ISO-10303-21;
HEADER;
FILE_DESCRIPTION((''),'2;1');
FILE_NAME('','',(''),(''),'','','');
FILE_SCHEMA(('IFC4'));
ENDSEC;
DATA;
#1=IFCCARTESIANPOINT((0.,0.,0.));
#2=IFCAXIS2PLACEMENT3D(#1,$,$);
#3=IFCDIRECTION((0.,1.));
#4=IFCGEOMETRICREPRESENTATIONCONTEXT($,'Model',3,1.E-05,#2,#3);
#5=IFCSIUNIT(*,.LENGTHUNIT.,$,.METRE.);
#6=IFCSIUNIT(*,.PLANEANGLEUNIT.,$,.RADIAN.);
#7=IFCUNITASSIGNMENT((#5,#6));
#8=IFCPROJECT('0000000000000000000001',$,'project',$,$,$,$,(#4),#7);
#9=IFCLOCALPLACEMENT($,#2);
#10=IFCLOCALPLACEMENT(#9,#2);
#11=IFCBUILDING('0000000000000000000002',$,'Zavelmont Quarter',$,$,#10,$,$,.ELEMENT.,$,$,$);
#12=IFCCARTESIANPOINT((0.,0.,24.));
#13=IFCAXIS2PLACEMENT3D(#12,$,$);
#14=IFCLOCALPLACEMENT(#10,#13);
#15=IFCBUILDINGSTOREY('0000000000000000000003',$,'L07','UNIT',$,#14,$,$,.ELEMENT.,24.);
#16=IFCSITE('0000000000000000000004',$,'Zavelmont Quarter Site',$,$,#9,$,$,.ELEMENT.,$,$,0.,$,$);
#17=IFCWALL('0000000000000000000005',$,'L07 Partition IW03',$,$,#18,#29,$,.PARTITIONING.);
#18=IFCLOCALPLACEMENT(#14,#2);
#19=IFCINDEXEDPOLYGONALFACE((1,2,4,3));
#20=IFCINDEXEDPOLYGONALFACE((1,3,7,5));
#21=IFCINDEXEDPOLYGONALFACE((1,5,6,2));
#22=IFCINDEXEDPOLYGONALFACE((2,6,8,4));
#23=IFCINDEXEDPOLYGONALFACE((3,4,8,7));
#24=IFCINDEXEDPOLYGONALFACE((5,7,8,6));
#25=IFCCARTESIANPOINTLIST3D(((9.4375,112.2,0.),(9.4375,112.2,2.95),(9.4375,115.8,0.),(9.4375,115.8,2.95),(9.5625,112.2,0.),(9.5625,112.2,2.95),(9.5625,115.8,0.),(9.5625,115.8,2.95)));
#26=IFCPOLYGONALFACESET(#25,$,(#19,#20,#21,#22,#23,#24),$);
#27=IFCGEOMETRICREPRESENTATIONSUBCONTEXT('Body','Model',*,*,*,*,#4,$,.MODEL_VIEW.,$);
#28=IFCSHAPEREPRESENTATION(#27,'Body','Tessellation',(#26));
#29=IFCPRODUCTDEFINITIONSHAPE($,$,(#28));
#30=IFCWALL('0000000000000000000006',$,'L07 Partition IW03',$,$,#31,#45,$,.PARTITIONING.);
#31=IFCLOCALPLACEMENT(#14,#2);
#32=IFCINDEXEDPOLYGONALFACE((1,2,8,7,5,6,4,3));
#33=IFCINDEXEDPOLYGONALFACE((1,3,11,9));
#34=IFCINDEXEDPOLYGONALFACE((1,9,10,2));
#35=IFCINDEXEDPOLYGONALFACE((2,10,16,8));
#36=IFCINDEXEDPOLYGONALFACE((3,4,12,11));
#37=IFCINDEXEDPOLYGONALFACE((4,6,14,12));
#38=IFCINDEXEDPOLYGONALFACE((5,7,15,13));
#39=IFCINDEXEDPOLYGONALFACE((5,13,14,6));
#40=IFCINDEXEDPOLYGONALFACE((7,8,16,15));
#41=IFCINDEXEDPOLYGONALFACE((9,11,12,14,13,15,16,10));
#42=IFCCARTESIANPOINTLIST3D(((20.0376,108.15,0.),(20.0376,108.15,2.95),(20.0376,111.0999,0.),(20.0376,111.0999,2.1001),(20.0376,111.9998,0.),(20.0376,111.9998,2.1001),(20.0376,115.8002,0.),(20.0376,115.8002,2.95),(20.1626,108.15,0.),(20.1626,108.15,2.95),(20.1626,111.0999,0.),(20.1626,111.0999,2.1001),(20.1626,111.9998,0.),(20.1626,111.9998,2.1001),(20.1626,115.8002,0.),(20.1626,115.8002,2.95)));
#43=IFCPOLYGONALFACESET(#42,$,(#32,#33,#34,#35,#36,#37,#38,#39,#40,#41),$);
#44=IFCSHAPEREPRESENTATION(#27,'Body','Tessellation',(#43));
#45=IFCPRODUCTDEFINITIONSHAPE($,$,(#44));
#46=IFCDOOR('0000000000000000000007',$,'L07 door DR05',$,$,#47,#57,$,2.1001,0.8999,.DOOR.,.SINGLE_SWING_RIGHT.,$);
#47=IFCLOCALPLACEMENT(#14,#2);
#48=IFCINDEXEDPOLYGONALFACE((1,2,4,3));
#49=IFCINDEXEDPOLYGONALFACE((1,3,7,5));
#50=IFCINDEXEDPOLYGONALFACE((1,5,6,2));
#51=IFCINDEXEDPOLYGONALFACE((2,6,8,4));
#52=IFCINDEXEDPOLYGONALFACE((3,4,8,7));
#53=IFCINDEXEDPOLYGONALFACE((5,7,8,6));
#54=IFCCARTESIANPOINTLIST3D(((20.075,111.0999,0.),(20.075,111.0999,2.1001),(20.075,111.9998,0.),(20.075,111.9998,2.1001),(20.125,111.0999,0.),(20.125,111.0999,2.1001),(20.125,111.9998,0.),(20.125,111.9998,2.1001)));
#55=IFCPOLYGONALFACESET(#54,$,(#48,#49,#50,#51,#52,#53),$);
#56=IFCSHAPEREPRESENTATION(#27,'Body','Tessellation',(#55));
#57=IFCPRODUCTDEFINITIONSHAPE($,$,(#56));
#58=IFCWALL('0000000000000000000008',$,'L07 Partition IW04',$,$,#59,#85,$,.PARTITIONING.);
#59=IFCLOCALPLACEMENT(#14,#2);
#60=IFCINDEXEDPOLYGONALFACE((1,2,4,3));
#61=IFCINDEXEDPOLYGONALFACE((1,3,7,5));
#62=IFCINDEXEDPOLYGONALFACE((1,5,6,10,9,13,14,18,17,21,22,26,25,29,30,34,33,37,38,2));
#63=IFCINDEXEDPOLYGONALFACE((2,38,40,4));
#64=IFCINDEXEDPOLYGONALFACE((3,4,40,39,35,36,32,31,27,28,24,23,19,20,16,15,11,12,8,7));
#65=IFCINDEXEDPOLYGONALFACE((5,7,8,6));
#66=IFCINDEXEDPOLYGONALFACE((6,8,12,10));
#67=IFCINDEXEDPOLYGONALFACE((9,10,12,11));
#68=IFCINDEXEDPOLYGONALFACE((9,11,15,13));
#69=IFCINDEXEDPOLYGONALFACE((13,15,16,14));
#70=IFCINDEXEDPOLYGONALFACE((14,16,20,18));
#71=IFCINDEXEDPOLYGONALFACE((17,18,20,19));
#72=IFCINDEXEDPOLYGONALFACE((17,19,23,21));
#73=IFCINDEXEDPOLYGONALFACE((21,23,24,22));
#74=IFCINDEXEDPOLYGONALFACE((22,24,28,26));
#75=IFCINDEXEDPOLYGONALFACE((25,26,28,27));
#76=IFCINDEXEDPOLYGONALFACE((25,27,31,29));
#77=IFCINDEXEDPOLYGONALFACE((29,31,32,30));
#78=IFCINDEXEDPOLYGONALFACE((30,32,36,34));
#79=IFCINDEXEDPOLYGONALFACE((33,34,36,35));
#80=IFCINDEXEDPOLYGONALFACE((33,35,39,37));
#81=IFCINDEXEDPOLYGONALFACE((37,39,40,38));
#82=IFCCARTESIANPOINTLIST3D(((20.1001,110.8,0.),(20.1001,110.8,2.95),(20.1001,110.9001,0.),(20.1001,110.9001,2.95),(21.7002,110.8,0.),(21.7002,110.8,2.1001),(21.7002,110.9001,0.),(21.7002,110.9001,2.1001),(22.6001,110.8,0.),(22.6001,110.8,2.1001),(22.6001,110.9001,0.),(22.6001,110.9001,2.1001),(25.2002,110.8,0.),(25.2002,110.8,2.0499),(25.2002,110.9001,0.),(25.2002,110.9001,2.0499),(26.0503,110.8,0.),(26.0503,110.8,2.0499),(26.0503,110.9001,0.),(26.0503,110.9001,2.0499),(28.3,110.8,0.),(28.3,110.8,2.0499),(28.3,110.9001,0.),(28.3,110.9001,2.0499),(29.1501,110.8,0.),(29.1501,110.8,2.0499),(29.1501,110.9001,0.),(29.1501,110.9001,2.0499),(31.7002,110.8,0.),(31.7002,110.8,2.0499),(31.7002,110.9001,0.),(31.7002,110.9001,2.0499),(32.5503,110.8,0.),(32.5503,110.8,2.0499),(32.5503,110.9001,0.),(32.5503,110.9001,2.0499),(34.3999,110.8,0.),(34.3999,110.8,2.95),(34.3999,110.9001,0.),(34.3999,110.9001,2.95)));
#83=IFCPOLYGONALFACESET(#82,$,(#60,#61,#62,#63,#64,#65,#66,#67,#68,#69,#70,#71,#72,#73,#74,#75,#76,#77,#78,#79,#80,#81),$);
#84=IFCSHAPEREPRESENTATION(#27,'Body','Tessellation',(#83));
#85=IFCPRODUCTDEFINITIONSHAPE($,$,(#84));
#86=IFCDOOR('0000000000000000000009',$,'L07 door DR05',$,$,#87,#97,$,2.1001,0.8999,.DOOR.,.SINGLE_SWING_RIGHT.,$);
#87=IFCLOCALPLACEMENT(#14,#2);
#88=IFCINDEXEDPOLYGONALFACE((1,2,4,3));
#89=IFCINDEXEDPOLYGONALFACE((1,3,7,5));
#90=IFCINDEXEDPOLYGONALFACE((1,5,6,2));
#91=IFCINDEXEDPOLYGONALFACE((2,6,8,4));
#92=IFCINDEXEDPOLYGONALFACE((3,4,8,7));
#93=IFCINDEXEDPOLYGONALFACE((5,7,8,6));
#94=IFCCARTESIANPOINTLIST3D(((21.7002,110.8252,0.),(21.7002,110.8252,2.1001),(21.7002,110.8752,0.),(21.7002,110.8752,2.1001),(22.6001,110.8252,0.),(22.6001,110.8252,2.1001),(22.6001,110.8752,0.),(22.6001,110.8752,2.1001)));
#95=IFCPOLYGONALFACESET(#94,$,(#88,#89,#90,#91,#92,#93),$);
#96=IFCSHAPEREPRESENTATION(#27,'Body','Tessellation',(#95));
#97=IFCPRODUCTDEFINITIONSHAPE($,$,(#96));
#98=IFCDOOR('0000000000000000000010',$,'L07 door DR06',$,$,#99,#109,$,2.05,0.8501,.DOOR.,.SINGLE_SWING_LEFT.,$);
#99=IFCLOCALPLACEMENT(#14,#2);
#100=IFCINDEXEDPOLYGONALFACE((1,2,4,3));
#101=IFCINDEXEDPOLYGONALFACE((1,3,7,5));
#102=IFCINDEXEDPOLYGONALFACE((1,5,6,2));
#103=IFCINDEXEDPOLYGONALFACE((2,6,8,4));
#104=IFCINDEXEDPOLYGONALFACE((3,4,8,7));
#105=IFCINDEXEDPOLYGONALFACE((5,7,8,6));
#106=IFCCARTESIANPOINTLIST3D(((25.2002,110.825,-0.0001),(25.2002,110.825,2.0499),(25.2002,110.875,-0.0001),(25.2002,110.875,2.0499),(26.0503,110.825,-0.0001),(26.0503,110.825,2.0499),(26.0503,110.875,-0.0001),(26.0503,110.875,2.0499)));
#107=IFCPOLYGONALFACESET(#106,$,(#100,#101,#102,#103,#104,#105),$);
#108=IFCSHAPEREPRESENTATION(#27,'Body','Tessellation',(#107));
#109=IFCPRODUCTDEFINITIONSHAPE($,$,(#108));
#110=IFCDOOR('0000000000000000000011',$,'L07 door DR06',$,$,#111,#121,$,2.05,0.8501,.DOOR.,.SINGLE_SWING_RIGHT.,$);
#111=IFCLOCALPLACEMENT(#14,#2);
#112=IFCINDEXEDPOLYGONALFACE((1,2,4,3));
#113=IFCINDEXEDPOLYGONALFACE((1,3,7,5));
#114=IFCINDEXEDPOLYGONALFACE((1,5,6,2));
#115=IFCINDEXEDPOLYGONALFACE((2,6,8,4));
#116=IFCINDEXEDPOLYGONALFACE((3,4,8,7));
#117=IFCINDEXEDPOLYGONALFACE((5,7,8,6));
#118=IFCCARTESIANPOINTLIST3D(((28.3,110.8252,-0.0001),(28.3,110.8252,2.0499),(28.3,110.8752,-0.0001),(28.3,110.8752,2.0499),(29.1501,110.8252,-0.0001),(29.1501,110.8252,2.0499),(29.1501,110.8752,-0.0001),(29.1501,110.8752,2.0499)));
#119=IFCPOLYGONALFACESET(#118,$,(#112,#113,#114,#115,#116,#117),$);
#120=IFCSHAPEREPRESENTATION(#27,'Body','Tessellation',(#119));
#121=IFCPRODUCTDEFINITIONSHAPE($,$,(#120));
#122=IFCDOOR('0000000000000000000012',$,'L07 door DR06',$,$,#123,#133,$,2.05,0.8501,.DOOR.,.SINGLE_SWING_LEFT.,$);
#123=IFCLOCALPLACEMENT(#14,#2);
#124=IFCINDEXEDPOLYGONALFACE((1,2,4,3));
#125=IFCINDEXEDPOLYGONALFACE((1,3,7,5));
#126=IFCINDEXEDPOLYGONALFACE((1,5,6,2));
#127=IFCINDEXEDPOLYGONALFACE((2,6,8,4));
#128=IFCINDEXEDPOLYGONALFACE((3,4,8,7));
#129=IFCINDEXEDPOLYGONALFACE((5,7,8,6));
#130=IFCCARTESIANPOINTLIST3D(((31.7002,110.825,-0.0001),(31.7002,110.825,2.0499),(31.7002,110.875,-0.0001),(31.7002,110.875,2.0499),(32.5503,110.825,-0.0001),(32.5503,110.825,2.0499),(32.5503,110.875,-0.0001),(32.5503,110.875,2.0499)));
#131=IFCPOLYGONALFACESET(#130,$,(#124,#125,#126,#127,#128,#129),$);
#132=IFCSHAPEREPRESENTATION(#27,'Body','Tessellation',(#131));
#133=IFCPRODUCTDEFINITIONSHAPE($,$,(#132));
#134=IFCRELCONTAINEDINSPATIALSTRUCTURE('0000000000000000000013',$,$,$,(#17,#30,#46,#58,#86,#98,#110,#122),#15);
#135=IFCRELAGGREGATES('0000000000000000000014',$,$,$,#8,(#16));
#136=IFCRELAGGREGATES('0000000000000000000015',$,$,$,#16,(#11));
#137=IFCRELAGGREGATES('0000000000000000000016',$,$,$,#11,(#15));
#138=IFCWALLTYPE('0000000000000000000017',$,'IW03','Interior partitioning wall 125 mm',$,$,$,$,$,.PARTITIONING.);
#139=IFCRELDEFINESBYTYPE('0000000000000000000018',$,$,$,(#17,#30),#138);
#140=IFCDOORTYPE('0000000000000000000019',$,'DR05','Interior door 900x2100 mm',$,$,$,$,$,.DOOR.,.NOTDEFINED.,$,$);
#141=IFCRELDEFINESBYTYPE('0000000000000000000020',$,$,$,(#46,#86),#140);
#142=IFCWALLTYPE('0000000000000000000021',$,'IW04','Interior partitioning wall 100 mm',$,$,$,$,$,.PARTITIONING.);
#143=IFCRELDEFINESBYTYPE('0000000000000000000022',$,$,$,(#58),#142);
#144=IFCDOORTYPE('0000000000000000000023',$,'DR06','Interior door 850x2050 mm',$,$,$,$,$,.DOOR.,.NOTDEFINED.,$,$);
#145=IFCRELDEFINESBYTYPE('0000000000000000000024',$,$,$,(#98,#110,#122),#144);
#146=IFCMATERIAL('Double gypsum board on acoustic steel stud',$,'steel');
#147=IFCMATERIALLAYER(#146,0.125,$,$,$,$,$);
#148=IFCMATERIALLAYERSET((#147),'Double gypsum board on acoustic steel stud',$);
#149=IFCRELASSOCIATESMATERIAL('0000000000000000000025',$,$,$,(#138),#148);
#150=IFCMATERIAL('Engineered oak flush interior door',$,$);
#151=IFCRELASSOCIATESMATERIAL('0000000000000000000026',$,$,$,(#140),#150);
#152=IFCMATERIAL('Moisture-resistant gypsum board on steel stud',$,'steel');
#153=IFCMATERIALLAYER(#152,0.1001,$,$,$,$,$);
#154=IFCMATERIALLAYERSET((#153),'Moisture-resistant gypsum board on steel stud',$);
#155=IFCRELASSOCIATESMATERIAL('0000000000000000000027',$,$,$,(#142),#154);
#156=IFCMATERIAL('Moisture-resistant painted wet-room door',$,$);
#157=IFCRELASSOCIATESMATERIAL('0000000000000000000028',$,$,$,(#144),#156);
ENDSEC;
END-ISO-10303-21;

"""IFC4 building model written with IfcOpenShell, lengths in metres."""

from ifc_helpers import new_model, si_unit, direction, frame, frame_2d, origin, origin_with_axes, place, context, subcontext, project, spatial, rectangle, extrude, material, layer, layer_set, type_object, element, fill, save


model = new_model("IFC4")

# Units and contexts
model_context = context("Model", 3, precision=1e-05, world=origin(), true_north=direction((0.0, 1.0)))
body_context = subcontext(model_context, "Body", "Model", "MODEL_VIEW")
ifc_project = project(units=[si_unit("LENGTHUNIT", "METRE"), si_unit("PLANEANGLEUNIT", "RADIAN")], contexts=[model_context])

# Site, building, storey
site_placement = place(None, origin())
site = spatial("IfcSite", under=ifc_project, at=site_placement, Name="Zavelmont Quarter Site", CompositionType="ELEMENT", RefElevation=0.0)
building_placement = place(site_placement, origin())
building = spatial("IfcBuilding", under=site, at=building_placement, Name="Zavelmont Quarter", CompositionType="ELEMENT")
storey_placement = place(building_placement, frame((0.0, 0.0, 24.0)))
storey = spatial("IfcBuildingStorey", under=building, at=storey_placement, Name="L07", Description="UNIT", CompositionType="ELEMENT", Elevation=24.0)

# Wall
ifc_material_1 = material(Name="Double gypsum board on acoustic steel stud", Category="steel")
ifc_layer_1 = layer(ifc_material_1, 0.125)
ifc_layer_set_1 = layer_set([ifc_layer_1], Name="Double gypsum board on acoustic steel stud")
wall_type_1 = type_object("IfcWallType", Name="IW03", Description="Interior partitioning wall 125 mm", PredefinedType="PARTITIONING", material=ifc_layer_set_1)
wall_1_placement = place(storey_placement, frame((9.5, 112.2, 0.0), z_axis=(0.0, 0.0, 1.0), x_axis=(0.0, 1.0, 0.0)))
element("IfcWall", 1, at=wall_1_placement, inside=storey, type_object=wall_type_1, Name="L07 Partition IW03", PredefinedType="PARTITIONING", context=body_context, shape_type="SweptSolid", body=[
    extrude(rectangle(XDim=3.6001, YDim=0.125, at=frame_2d((1.8, 0.0))), origin(), (0.0, 0.0, 1.0), 2.95),
])

# Wall, opening, door
wall_2_placement = place(storey_placement, frame((20.1001, 108.1499, 0.0), z_axis=(0.0, 0.0, 1.0), x_axis=(0.0, 1.0, 0.0)))
wall_2 = element("IfcWall", 2, at=wall_2_placement, inside=storey, type_object=wall_type_1, Name="L07 Partition IW03", PredefinedType="PARTITIONING", context=body_context, shape_type="SweptSolid", body=[
    extrude(rectangle(XDim=7.6501, YDim=0.125, at=frame_2d((3.8252, 0.0))), origin(), (0.0, 0.0, 1.0), 2.95),
])
opening_1_placement = place(wall_2_placement, frame((2.95, 0.0, 0.0)))
opening_1 = element("IfcOpeningElement", 3, at=opening_1_placement, cuts=wall_2, PredefinedType="OPENING", context=body_context, shape_type="SweptSolid", body=[
    extrude(rectangle(XDim=0.8999, YDim=2.1001, at=frame_2d((0.45, 1.05))), frame((0.0, 0.0745, 0.0), z_axis=(0.0, -1.0, 0.0), x_axis=(1.0, 0.0, 0.0)), (0.0, 0.0, 1.0), 0.1489),
])
ifc_material_2 = material(Name="Engineered oak flush interior door")
door_type_1 = type_object("IfcDoorType", Name="DR05", Description="Interior door 900x2100 mm", OperationType="NOTDEFINED", PredefinedType="DOOR", material=ifc_material_2)
door_1_placement = place(opening_1_placement, frame((0.8999, 0.0, 0.0), z_axis=(0.0, 0.0, 1.0), x_axis=(-1.0, 0.0, 0.0)))
door_1 = element("IfcDoor", 4, at=door_1_placement, inside=storey, type_object=door_type_1, Name="L07 door DR05", OperationType="SINGLE_SWING_RIGHT", OverallHeight=2.1001, OverallWidth=0.8999, PredefinedType="DOOR", context=body_context, shape_type="SweptSolid", body=[
    extrude(rectangle(XDim=0.8999, YDim=2.1001, at=frame_2d((0.45, 1.05))), frame((0.0, 0.0249, 0.0), z_axis=(0.0, -1.0, 0.0), x_axis=(1.0, 0.0, 0.0)), (0.0, 0.0, 1.0), 0.05),
])
fill(opening_1, door_1)

# Wall, openings, doors
ifc_material_3 = material(Name="Moisture-resistant gypsum board on steel stud", Category="steel")
ifc_layer_2 = layer(ifc_material_3, 0.1001)
ifc_layer_set_2 = layer_set([ifc_layer_2], Name="Moisture-resistant gypsum board on steel stud")
wall_type_2 = type_object("IfcWallType", Name="IW04", Description="Interior partitioning wall 100 mm", PredefinedType="PARTITIONING", material=ifc_layer_set_2)
wall_3_placement = place(storey_placement, frame((20.1001, 110.8501, 0.0), z_axis=(0.0, 0.0, 1.0), x_axis=(1.0, 0.0, 0.0)))
wall_3 = element("IfcWall", 5, at=wall_3_placement, inside=storey, type_object=wall_type_2, Name="L07 Partition IW04", PredefinedType="PARTITIONING", context=body_context, shape_type="SweptSolid", body=[
    extrude(rectangle(XDim=14.2998, YDim=0.1001, at=frame_2d((7.1499, 0.0))), origin(), (0.0, 0.0, 1.0), 2.95),
])
opening_2_placement = place(wall_3_placement, frame((1.6001, 0.0, 0.0)))
opening_2 = element("IfcOpeningElement", 6, at=opening_2_placement, cuts=wall_3, PredefinedType="OPENING", context=body_context, shape_type="SweptSolid", body=[
    extrude(rectangle(XDim=0.8999, YDim=2.1001, at=frame_2d((0.45, 1.05))), frame((0.0, 0.062, 0.0), z_axis=(0.0, -1.0, 0.0), x_axis=(1.0, 0.0, 0.0)), (0.0, 0.0, 1.0), 0.124),
])
opening_3_placement = place(wall_3_placement, frame((5.1001, 0.0, 0.0)))
opening_3 = element("IfcOpeningElement", 7, at=opening_3_placement, cuts=wall_3, PredefinedType="OPENING", context=body_context, shape_type="SweptSolid", body=[
    extrude(rectangle(XDim=0.8501, YDim=2.05, at=frame_2d((0.425, 1.0249))), frame((0.0, 0.062, 0.0), z_axis=(0.0, -1.0, 0.0), x_axis=(1.0, 0.0, 0.0)), (0.0, 0.0, 1.0), 0.124),
])
opening_4_placement = place(wall_3_placement, frame((8.2, 0.0, 0.0)))
opening_4 = element("IfcOpeningElement", 8, at=opening_4_placement, cuts=wall_3, PredefinedType="OPENING", context=body_context, shape_type="SweptSolid", body=[
    extrude(rectangle(XDim=0.8501, YDim=2.05, at=frame_2d((0.425, 1.0249))), frame((0.0, 0.062, 0.0), z_axis=(0.0, -1.0, 0.0), x_axis=(1.0, 0.0, 0.0)), (0.0, 0.0, 1.0), 0.124),
])
opening_5_placement = place(wall_3_placement, frame((11.6001, 0.0, 0.0)))
opening_5 = element("IfcOpeningElement", 9, at=opening_5_placement, cuts=wall_3, PredefinedType="OPENING", context=body_context, shape_type="SweptSolid", body=[
    extrude(rectangle(XDim=0.8501, YDim=2.05, at=frame_2d((0.425, 1.0249))), frame((0.0, 0.062, 0.0), z_axis=(0.0, -1.0, 0.0), x_axis=(1.0, 0.0, 0.0)), (0.0, 0.0, 1.0), 0.124),
])
door_2_placement = place(opening_2_placement, frame((0.8999, 0.0, 0.0), z_axis=(0.0, 0.0, 1.0), x_axis=(-1.0, 0.0, 0.0)))
door_2 = element("IfcDoor", 10, at=door_2_placement, inside=storey, type_object=door_type_1, Name="L07 door DR05", OperationType="SINGLE_SWING_RIGHT", OverallHeight=2.1001, OverallWidth=0.8999, PredefinedType="DOOR", context=body_context, shape_type="SweptSolid", body=[
    extrude(rectangle(XDim=0.8999, YDim=2.1001, at=frame_2d((0.45, 1.05))), frame((0.0, 0.0249, 0.0), z_axis=(0.0, -1.0, 0.0), x_axis=(1.0, 0.0, 0.0)), (0.0, 0.0, 1.0), 0.05),
])
fill(opening_2, door_2)
ifc_material_4 = material(Name="Moisture-resistant painted wet-room door")
door_type_2 = type_object("IfcDoorType", Name="DR06", Description="Interior door 850x2050 mm", OperationType="NOTDEFINED", PredefinedType="DOOR", material=ifc_material_4)
door_3_placement = place(opening_3_placement, origin_with_axes())
door_3 = element("IfcDoor", 11, at=door_3_placement, inside=storey, type_object=door_type_2, Name="L07 door DR06", OperationType="SINGLE_SWING_LEFT", OverallHeight=2.05, OverallWidth=0.8501, PredefinedType="DOOR", context=body_context, shape_type="SweptSolid", body=[
    extrude(rectangle(XDim=0.8501, YDim=2.05, at=frame_2d((0.425, 1.0249))), frame((0.0, 0.0249, 0.0), z_axis=(0.0, -1.0, 0.0), x_axis=(1.0, 0.0, 0.0)), (0.0, 0.0, 1.0), 0.05),
])
fill(opening_3, door_3)
door_4_placement = place(opening_4_placement, frame((0.8501, 0.0, 0.0), z_axis=(0.0, 0.0, 1.0), x_axis=(-1.0, 0.0, 0.0)))
door_4 = element("IfcDoor", 12, at=door_4_placement, inside=storey, type_object=door_type_2, Name="L07 door DR06", OperationType="SINGLE_SWING_RIGHT", OverallHeight=2.05, OverallWidth=0.8501, PredefinedType="DOOR", context=body_context, shape_type="SweptSolid", body=[
    extrude(rectangle(XDim=0.8501, YDim=2.05, at=frame_2d((0.425, 1.0249))), frame((0.0, 0.0249, 0.0), z_axis=(0.0, -1.0, 0.0), x_axis=(1.0, 0.0, 0.0)), (0.0, 0.0, 1.0), 0.05),
])
fill(opening_4, door_4)
door_5_placement = place(opening_5_placement, origin_with_axes())
door_5 = element("IfcDoor", 13, at=door_5_placement, inside=storey, type_object=door_type_2, Name="L07 door DR06", OperationType="SINGLE_SWING_LEFT", OverallHeight=2.05, OverallWidth=0.8501, PredefinedType="DOOR", context=body_context, shape_type="SweptSolid", body=[
    extrude(rectangle(XDim=0.8501, YDim=2.05, at=frame_2d((0.425, 1.0249))), frame((0.0, 0.0249, 0.0), z_axis=(0.0, -1.0, 0.0), x_axis=(1.0, 0.0, 0.0)), (0.0, 0.0, 1.0), 0.05),
])
fill(opening_5, door_5)

save(model, "model.ifc")
